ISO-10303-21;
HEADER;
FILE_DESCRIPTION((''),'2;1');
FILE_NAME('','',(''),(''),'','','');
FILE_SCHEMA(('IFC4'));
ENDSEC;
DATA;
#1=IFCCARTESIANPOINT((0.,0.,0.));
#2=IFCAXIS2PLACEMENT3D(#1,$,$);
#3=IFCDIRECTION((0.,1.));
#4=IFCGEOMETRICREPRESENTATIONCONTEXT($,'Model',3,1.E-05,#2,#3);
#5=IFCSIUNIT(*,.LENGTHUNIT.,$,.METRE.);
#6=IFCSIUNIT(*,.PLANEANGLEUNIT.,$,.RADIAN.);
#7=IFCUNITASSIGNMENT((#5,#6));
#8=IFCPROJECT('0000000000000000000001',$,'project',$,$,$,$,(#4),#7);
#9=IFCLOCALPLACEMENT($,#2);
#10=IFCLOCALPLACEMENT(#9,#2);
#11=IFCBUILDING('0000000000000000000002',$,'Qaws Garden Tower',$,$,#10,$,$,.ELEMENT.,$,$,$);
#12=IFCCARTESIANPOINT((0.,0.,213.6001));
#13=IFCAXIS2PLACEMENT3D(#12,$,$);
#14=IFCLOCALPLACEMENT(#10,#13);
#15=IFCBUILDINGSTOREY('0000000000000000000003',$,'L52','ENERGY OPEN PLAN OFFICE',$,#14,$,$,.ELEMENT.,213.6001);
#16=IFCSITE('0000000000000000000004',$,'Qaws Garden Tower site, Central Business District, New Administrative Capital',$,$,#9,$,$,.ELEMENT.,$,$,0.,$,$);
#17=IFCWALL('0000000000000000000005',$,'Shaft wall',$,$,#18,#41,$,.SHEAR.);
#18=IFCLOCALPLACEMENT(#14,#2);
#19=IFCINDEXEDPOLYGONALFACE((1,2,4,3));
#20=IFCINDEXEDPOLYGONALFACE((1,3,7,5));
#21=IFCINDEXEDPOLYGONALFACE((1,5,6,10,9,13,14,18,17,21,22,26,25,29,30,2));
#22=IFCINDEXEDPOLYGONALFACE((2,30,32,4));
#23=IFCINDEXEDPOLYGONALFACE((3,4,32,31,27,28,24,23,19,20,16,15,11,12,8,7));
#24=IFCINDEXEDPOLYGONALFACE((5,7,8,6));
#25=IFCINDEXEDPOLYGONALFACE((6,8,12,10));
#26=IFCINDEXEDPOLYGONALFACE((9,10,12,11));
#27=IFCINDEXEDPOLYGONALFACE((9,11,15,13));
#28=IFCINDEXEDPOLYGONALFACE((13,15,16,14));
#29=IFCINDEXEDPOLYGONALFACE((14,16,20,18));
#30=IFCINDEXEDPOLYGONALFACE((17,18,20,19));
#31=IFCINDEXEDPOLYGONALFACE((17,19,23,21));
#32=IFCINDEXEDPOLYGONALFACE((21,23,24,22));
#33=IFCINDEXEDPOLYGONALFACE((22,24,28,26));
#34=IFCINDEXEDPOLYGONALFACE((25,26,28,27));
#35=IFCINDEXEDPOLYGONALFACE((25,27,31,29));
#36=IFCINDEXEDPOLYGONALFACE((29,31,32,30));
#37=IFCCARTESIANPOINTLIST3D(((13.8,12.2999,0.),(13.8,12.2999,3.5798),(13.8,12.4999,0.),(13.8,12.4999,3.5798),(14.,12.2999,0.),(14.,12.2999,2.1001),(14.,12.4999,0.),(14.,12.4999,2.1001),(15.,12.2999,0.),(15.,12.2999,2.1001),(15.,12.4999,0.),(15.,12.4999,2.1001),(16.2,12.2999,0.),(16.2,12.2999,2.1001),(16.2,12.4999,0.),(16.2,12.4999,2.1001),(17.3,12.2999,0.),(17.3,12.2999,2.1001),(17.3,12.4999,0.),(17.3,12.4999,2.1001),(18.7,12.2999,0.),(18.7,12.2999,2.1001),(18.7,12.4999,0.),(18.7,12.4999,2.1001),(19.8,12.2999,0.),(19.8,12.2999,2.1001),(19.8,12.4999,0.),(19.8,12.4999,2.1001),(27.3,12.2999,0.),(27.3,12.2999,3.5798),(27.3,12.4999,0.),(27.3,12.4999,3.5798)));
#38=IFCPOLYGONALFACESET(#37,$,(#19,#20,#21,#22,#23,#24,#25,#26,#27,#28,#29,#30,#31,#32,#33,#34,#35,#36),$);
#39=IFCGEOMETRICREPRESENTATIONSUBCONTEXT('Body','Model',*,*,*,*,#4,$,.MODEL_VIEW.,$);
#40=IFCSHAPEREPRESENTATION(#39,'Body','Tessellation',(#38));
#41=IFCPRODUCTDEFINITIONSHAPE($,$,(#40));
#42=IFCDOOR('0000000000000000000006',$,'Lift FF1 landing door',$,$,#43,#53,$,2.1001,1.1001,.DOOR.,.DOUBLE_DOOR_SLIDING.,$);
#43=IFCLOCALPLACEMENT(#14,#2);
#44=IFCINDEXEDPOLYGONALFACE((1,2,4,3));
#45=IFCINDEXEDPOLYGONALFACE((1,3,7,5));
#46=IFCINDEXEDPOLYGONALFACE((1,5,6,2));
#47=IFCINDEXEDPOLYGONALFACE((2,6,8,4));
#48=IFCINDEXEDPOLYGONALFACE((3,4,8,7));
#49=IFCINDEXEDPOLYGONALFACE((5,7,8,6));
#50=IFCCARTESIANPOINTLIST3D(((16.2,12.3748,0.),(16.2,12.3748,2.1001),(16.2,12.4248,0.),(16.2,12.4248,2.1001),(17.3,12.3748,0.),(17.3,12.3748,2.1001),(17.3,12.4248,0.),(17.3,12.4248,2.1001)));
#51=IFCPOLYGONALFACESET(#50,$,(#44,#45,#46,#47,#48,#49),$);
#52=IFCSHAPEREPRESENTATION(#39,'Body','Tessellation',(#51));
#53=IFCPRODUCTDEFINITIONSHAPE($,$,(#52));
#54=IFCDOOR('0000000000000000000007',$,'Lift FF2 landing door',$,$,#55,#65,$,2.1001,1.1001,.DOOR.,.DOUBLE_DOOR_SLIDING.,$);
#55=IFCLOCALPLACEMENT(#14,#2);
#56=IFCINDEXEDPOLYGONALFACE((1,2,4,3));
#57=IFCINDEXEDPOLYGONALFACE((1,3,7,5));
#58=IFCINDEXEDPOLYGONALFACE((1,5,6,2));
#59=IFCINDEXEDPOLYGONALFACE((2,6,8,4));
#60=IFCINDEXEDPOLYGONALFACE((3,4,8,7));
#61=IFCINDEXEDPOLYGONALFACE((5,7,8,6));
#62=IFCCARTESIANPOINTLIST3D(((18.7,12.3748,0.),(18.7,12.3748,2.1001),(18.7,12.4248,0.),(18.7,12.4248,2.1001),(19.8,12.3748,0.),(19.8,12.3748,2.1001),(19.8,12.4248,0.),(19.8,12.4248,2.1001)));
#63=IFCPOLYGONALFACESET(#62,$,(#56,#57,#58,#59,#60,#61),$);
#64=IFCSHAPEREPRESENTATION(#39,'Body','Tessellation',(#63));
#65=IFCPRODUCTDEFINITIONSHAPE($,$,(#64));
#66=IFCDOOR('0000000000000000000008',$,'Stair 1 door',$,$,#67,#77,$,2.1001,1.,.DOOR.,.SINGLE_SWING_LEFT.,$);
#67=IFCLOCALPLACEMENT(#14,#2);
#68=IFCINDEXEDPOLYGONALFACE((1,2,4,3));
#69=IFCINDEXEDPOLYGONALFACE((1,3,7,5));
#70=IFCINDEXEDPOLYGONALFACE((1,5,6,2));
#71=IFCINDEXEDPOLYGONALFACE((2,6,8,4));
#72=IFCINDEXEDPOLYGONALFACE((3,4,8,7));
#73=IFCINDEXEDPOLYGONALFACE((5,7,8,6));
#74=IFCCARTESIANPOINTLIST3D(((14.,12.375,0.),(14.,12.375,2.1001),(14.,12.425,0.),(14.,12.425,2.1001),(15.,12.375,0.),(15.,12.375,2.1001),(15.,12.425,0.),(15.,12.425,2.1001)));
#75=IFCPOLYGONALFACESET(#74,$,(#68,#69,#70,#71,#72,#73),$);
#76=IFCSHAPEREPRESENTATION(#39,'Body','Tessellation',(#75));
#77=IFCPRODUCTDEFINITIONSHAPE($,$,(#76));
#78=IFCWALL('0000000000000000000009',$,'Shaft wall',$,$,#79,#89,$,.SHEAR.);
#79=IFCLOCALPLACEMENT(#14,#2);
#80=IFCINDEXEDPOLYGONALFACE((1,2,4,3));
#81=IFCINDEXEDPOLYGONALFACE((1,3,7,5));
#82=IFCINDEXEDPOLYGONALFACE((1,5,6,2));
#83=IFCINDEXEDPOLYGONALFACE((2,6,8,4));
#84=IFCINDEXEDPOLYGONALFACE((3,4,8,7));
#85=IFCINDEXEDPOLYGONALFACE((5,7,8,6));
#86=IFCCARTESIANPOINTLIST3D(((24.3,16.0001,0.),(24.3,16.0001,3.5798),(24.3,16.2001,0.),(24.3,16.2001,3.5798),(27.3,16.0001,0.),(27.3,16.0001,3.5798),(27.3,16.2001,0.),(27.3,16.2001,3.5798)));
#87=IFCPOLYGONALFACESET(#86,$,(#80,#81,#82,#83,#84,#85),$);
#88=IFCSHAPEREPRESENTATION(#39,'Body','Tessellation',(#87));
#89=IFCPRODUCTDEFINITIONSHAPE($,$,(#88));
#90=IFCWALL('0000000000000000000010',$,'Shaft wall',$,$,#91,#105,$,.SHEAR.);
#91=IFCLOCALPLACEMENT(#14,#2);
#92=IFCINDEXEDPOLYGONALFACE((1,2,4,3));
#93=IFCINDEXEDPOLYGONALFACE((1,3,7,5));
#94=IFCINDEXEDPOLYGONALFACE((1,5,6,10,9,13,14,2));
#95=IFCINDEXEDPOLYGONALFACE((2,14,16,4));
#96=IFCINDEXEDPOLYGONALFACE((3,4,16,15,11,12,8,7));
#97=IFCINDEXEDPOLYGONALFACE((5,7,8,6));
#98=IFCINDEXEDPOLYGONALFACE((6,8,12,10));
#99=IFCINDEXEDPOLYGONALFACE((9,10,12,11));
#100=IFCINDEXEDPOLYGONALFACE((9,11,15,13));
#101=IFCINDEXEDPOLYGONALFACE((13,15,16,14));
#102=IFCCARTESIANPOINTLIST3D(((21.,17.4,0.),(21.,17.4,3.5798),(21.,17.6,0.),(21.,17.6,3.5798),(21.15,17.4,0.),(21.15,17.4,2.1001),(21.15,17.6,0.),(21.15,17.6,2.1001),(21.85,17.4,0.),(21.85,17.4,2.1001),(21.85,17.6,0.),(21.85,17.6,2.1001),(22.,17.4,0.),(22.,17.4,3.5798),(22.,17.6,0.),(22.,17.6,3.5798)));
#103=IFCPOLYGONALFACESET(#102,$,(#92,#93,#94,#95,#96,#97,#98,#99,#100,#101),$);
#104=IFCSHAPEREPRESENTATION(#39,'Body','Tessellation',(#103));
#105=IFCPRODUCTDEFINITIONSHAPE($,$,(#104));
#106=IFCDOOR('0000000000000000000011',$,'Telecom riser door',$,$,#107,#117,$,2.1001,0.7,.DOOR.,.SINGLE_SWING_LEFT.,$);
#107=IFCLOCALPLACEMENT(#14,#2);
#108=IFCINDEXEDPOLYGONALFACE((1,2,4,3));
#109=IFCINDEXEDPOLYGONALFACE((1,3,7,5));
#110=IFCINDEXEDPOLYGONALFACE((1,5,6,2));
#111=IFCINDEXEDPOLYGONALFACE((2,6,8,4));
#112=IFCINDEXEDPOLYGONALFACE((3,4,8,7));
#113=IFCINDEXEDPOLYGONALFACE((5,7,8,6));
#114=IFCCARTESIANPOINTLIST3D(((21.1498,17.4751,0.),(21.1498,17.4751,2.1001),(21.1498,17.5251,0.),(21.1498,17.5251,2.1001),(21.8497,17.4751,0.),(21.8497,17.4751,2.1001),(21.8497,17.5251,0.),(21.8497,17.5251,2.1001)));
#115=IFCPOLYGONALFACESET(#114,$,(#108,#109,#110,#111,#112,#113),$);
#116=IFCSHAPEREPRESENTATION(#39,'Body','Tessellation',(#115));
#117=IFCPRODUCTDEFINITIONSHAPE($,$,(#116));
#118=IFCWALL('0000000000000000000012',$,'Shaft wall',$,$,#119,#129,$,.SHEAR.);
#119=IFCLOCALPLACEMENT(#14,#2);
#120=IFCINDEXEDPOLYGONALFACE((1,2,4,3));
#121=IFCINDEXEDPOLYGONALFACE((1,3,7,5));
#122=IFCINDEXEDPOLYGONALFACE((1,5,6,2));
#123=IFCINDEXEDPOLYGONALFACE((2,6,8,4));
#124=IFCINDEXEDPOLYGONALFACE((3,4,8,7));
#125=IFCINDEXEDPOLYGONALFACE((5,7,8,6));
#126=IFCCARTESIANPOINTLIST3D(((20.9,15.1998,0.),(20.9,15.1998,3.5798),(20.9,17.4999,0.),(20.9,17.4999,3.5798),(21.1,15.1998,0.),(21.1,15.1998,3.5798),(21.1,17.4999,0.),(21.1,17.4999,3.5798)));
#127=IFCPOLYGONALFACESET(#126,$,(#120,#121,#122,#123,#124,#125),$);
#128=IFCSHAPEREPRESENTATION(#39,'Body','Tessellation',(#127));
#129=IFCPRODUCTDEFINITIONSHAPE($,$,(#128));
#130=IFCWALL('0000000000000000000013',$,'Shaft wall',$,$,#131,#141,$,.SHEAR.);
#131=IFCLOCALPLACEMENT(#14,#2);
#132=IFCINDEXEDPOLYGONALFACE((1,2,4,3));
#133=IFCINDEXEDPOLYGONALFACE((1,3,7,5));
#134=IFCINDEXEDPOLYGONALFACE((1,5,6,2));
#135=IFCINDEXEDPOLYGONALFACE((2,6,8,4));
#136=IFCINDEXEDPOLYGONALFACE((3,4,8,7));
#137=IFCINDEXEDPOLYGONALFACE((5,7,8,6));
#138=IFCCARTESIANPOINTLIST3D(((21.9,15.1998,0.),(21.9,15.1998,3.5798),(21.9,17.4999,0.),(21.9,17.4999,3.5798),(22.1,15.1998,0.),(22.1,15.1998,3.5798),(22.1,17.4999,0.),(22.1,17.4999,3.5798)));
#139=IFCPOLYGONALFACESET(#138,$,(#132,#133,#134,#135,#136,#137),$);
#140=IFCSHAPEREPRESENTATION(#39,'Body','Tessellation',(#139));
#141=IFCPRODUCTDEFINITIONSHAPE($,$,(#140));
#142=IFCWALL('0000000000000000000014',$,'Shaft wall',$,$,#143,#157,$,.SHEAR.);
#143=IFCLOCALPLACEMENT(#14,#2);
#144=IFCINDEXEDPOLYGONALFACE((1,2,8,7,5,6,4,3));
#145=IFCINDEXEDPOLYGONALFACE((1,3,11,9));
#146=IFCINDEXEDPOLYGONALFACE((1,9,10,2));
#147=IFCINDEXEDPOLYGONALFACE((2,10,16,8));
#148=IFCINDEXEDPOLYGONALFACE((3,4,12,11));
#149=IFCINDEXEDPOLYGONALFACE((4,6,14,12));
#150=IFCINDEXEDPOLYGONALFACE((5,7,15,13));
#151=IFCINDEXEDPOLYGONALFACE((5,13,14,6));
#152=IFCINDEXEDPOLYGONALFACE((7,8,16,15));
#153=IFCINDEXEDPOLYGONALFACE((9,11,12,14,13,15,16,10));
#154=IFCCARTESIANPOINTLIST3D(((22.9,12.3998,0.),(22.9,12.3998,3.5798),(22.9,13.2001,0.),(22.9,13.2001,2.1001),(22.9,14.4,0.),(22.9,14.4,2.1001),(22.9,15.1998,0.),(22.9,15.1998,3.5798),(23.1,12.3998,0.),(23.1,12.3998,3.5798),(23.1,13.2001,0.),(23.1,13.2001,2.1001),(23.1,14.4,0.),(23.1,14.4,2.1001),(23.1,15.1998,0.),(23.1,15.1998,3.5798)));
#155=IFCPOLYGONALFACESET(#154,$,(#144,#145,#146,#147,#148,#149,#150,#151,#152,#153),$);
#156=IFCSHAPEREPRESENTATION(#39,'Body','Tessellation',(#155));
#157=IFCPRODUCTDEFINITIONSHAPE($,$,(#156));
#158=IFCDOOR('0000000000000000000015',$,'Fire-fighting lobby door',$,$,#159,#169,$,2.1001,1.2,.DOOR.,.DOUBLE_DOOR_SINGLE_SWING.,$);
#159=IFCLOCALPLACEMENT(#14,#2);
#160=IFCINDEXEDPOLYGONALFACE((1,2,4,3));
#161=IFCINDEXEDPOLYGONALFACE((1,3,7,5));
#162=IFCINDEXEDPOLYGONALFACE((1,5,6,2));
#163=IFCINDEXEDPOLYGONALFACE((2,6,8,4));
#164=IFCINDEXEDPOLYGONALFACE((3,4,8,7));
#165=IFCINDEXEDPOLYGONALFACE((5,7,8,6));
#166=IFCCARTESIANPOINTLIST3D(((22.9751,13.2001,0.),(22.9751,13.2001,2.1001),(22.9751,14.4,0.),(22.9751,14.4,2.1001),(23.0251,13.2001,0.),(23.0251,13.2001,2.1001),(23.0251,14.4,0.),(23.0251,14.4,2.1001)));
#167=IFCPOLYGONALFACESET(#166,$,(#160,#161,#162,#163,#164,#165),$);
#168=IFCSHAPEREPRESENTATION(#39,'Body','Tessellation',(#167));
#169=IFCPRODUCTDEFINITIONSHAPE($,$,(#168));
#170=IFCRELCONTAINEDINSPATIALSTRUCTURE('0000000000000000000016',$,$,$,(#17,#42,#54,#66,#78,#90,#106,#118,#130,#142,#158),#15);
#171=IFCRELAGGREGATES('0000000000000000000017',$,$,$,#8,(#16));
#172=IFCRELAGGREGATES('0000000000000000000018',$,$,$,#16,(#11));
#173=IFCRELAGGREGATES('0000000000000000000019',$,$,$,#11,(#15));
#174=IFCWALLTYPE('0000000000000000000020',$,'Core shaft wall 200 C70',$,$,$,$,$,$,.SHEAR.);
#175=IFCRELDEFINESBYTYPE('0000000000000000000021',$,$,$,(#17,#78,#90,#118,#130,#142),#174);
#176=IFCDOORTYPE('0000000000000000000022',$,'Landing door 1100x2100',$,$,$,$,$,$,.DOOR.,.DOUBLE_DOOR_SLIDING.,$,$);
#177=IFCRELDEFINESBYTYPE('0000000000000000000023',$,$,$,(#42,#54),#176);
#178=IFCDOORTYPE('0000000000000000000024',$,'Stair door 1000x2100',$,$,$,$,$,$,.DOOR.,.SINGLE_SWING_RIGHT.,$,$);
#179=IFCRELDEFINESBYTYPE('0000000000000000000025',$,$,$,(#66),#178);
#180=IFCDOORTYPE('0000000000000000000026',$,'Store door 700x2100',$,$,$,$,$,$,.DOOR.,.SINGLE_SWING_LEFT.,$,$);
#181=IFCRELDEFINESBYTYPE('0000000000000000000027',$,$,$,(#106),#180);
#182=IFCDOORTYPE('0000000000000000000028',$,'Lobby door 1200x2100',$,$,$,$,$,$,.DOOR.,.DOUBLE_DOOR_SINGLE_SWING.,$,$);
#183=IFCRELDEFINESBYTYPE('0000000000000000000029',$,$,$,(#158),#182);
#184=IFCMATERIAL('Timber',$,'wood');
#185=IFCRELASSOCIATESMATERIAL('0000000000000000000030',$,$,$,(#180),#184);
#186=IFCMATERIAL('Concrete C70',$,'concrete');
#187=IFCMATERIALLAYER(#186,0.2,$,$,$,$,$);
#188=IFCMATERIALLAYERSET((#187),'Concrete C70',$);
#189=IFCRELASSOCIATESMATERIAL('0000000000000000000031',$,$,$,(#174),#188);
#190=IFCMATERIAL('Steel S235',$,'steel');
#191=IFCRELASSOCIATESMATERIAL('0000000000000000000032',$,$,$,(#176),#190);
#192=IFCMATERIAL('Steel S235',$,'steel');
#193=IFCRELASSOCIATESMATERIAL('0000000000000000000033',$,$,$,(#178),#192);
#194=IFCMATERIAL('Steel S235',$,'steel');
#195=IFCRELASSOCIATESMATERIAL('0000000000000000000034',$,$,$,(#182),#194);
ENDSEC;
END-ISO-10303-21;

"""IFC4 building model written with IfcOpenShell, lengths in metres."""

from ifc_helpers import new_model, si_unit, direction, frame, frame_2d, origin, place, context, subcontext, project, spatial, rectangle, extrude, material, layer, layer_set, type_object, element, fill, save


model = new_model("IFC4")

# Units and contexts
model_context = context("Model", 3, precision=1e-05, world=origin(), true_north=direction((0.0, 1.0)))
body_context = subcontext(model_context, "Body", "Model", "MODEL_VIEW")
ifc_project = project(units=[si_unit("LENGTHUNIT", "METRE"), si_unit("PLANEANGLEUNIT", "RADIAN")], contexts=[model_context])

# Site, building, storey
site_placement = place(None, origin())
site = spatial("IfcSite", under=ifc_project, at=site_placement, Name="Qaws Garden Tower site, Central Business District, New Administrative Capital", CompositionType="ELEMENT", RefElevation=0.0)
building_placement = place(site_placement, origin())
building = spatial("IfcBuilding", under=site, at=building_placement, Name="Qaws Garden Tower", CompositionType="ELEMENT")
storey_placement = place(building_placement, frame((0.0, 0.0, 213.6001)))
storey = spatial("IfcBuildingStorey", under=building, at=storey_placement, Name="L52", Description="ENERGY OPEN PLAN OFFICE", CompositionType="ELEMENT", Elevation=213.6001)

# Shared definitions
ifc_material_1 = material(Name="Timber", Category="wood")
door_type_1 = type_object("IfcDoorType", Name="Store door 700x2100", OperationType="SINGLE_SWING_LEFT", PredefinedType="DOOR", material=ifc_material_1)

# Wall, openings, doors
ifc_material_2 = material(Name="Concrete C70", Category="concrete")
ifc_layer_1 = layer(ifc_material_2, 0.2)
ifc_layer_set_1 = layer_set([ifc_layer_1], Name="Concrete C70")
wall_type_1 = type_object("IfcWallType", Name="Core shaft wall 200 C70", PredefinedType="SHEAR", material=ifc_layer_set_1)
wall_1_placement = place(storey_placement, frame((13.8, 12.3999, 0.0), z_axis=(0.0, 0.0, 1.0), x_axis=(1.0, 0.0, 0.0)))
wall_1 = element("IfcWall", 1, at=wall_1_placement, inside=storey, type_object=wall_type_1, Name="Shaft wall", PredefinedType="SHEAR", context=body_context, shape_type="SweptSolid", body=[
    extrude(rectangle(XDim=13.5, YDim=0.2, at=frame_2d((6.75, 0.0))), origin(), (0.0, 0.0, 1.0), 3.5798),
])
opening_1_placement = place(wall_1_placement, frame((2.3999, 0.0, 0.0)))
opening_1 = element("IfcOpeningElement", 2, at=opening_1_placement, cuts=wall_1, PredefinedType="OPENING", context=body_context, shape_type="SweptSolid", body=[
    extrude(rectangle(XDim=1.1001, YDim=2.1001, at=frame_2d((0.55, 1.05))), frame((0.0, 0.1099, 0.0), z_axis=(0.0, -1.0, 0.0), x_axis=(1.0, 0.0, 0.0)), (0.0, 0.0, 1.0), 0.22),
])
opening_2_placement = place(wall_1_placement, frame((4.8999, 0.0, 0.0)))
opening_2 = element("IfcOpeningElement", 3, at=opening_2_placement, cuts=wall_1, PredefinedType="OPENING", context=body_context, shape_type="SweptSolid", body=[
    extrude(rectangle(XDim=1.1001, YDim=2.1001, at=frame_2d((0.55, 1.05))), frame((0.0, 0.1099, 0.0), z_axis=(0.0, -1.0, 0.0), x_axis=(1.0, 0.0, 0.0)), (0.0, 0.0, 1.0), 0.22),
])
opening_3_placement = place(wall_1_placement, frame((0.2, 0.0, 0.0)))
opening_3 = element("IfcOpeningElement", 4, at=opening_3_placement, cuts=wall_1, PredefinedType="OPENING", context=body_context, shape_type="SweptSolid", body=[
    extrude(rectangle(XDim=1.0, YDim=2.1001, at=frame_2d((0.5, 1.05))), frame((0.0, 0.1099, 0.0), z_axis=(0.0, -1.0, 0.0), x_axis=(1.0, 0.0, 0.0)), (0.0, 0.0, 1.0), 0.22),
])
ifc_material_3 = material(Name="Steel S235", Category="steel")
door_type_2 = type_object("IfcDoorType", Name="Landing door 1100x2100", OperationType="DOUBLE_DOOR_SLIDING", PredefinedType="DOOR", material=ifc_material_3)
door_1_placement = place(opening_1_placement, origin())
door_1 = element("IfcDoor", 5, at=door_1_placement, inside=storey, type_object=door_type_2, Name="Lift FF1 landing door", OperationType="DOUBLE_DOOR_SLIDING", OverallHeight=2.1001, OverallWidth=1.1001, PredefinedType="DOOR", context=body_context, shape_type="SweptSolid", body=[
    extrude(rectangle(XDim=1.1001, YDim=2.1001, at=frame_2d((0.55, 1.05))), frame((0.0, 0.0249, 0.0), z_axis=(0.0, -1.0, 0.0), x_axis=(1.0, 0.0, 0.0)), (0.0, 0.0, 1.0), 0.05),
])
fill(opening_1, door_1)
door_2_placement = place(opening_2_placement, origin())
door_2 = element("IfcDoor", 6, at=door_2_placement, inside=storey, type_object=door_type_2, Name="Lift FF2 landing door", OperationType="DOUBLE_DOOR_SLIDING", OverallHeight=2.1001, OverallWidth=1.1001, PredefinedType="DOOR", context=body_context, shape_type="SweptSolid", body=[
    extrude(rectangle(XDim=1.1001, YDim=2.1001, at=frame_2d((0.55, 1.05))), frame((0.0, 0.0249, 0.0), z_axis=(0.0, -1.0, 0.0), x_axis=(1.0, 0.0, 0.0)), (0.0, 0.0, 1.0), 0.05),
])
fill(opening_2, door_2)
ifc_material_4 = material(Name="Steel S235", Category="steel")
door_type_3 = type_object("IfcDoorType", Name="Stair door 1000x2100", OperationType="SINGLE_SWING_RIGHT", PredefinedType="DOOR", material=ifc_material_4)
door_3_placement = place(opening_3_placement, frame((1.0, 0.0, 0.0), z_axis=(0.0, 0.0, 1.0), x_axis=(-1.0, 0.0, 0.0)))
door_3 = element("IfcDoor", 7, at=door_3_placement, inside=storey, type_object=door_type_3, Name="Stair 1 door", OperationType="SINGLE_SWING_LEFT", OverallHeight=2.1001, OverallWidth=1.0, PredefinedType="DOOR", context=body_context, shape_type="SweptSolid", body=[
    extrude(rectangle(XDim=1.0, YDim=2.1001, at=frame_2d((0.5, 1.05))), frame((0.0, 0.0249, 0.0), z_axis=(0.0, -1.0, 0.0), x_axis=(1.0, 0.0, 0.0)), (0.0, 0.0, 1.0), 0.05),
])
fill(opening_3, door_3)

# Wall
wall_2_placement = place(storey_placement, frame((24.3, 16.1001, 0.0), z_axis=(0.0, 0.0, 1.0), x_axis=(1.0, 0.0, 0.0)))
element("IfcWall", 8, at=wall_2_placement, inside=storey, type_object=wall_type_1, Name="Shaft wall", PredefinedType="SHEAR", context=body_context, shape_type="SweptSolid", body=[
    extrude(rectangle(XDim=3.0, YDim=0.2, at=frame_2d((1.5, 0.0))), origin(), (0.0, 0.0, 1.0), 3.5798),
])

# Wall, opening, door
wall_3_placement = place(storey_placement, frame((21.0, 17.5, 0.0), z_axis=(0.0, 0.0, 1.0), x_axis=(1.0, 0.0, 0.0)))
wall_3 = element("IfcWall", 9, at=wall_3_placement, inside=storey, type_object=wall_type_1, Name="Shaft wall", PredefinedType="SHEAR", context=body_context, shape_type="SweptSolid", body=[
    extrude(rectangle(XDim=1.0, YDim=0.2, at=frame_2d((0.5, 0.0))), origin(), (0.0, 0.0, 1.0), 3.5798),
])
opening_4_placement = place(wall_3_placement, frame((0.1499, 0.0, 0.0)))
opening_4 = element("IfcOpeningElement", 10, at=opening_4_placement, cuts=wall_3, PredefinedType="OPENING", context=body_context, shape_type="SweptSolid", body=[
    extrude(rectangle(XDim=0.7, YDim=2.1001, at=frame_2d((0.3501, 1.05))), frame((0.0, 0.1099, 0.0), z_axis=(0.0, -1.0, 0.0), x_axis=(1.0, 0.0, 0.0)), (0.0, 0.0, 1.0), 0.22),
])
door_4_placement = place(opening_4_placement, frame((0.7, 0.0, 0.0), z_axis=(0.0, 0.0, 1.0), x_axis=(-1.0, 0.0, 0.0)))
door_4 = element("IfcDoor", 11, at=door_4_placement, inside=storey, type_object=door_type_1, Name="Telecom riser door", OperationType="SINGLE_SWING_LEFT", OverallHeight=2.1001, OverallWidth=0.7, PredefinedType="DOOR", context=body_context, shape_type="SweptSolid", body=[
    extrude(rectangle(XDim=0.7, YDim=2.1001, at=frame_2d((0.3501, 1.05))), frame((0.0, 0.0249, 0.0), z_axis=(0.0, -1.0, 0.0), x_axis=(1.0, 0.0, 0.0)), (0.0, 0.0, 1.0), 0.05),
])
fill(opening_4, door_4)

# Walls
for number, where, z_axis, x_axis, name in (
    (12, (21.0, 15.2, 0.0), (0.0, 0.0, 1.0), (0.0, 1.0, 0.0), "Shaft wall"),
    (13, (22.0, 15.2, 0.0), (0.0, 0.0, 1.0), (0.0, 1.0, 0.0), "Shaft wall"),
):
    element("IfcWall", number, at=place(storey_placement, frame(where, z_axis=z_axis, x_axis=x_axis)), inside=storey, type_object=wall_type_1, Name=name, PredefinedType="SHEAR", context=body_context, shape_type="SweptSolid", body=[
        extrude(rectangle(XDim=2.3, YDim=0.2, at=frame_2d((1.1499, 0.0))), origin(), (0.0, 0.0, 1.0), 3.5798),
    ])

# Wall, opening, door
wall_4_placement = place(storey_placement, frame((23.0, 12.3999, 0.0), z_axis=(0.0, 0.0, 1.0), x_axis=(0.0, 1.0, 0.0)))
wall_4 = element("IfcWall", 14, at=wall_4_placement, inside=storey, type_object=wall_type_1, Name="Shaft wall", PredefinedType="SHEAR", context=body_context, shape_type="SweptSolid", body=[
    extrude(rectangle(XDim=2.8, YDim=0.2, at=frame_2d((1.3999, 0.0))), origin(), (0.0, 0.0, 1.0), 3.5798),
])
opening_5_placement = place(wall_4_placement, frame((0.8, 0.0, 0.0)))
opening_5 = element("IfcOpeningElement", 15, at=opening_5_placement, cuts=wall_4, PredefinedType="OPENING", context=body_context, shape_type="SweptSolid", body=[
    extrude(rectangle(XDim=1.2, YDim=2.1001, at=frame_2d((0.6001, 1.05))), frame((0.0, 0.1099, 0.0), z_axis=(0.0, -1.0, 0.0), x_axis=(1.0, 0.0, 0.0)), (0.0, 0.0, 1.0), 0.22),
])
ifc_material_5 = material(Name="Steel S235", Category="steel")
door_type_4 = type_object("IfcDoorType", Name="Lobby door 1200x2100", OperationType="DOUBLE_DOOR_SINGLE_SWING", PredefinedType="DOOR", material=ifc_material_5)
door_5_placement = place(opening_5_placement, origin())
door_5 = element("IfcDoor", 16, at=door_5_placement, inside=storey, type_object=door_type_4, Name="Fire-fighting lobby door", OperationType="DOUBLE_DOOR_SINGLE_SWING", OverallHeight=2.1001, OverallWidth=1.2, PredefinedType="DOOR", context=body_context, shape_type="SweptSolid", body=[
    extrude(rectangle(XDim=1.2, YDim=2.1001, at=frame_2d((0.6001, 1.05))), frame((0.0, 0.0249, 0.0), z_axis=(0.0, -1.0, 0.0), x_axis=(1.0, 0.0, 0.0)), (0.0, 0.0, 1.0), 0.05),
])
fill(opening_5, door_5)

save(model, "model.ifc")
